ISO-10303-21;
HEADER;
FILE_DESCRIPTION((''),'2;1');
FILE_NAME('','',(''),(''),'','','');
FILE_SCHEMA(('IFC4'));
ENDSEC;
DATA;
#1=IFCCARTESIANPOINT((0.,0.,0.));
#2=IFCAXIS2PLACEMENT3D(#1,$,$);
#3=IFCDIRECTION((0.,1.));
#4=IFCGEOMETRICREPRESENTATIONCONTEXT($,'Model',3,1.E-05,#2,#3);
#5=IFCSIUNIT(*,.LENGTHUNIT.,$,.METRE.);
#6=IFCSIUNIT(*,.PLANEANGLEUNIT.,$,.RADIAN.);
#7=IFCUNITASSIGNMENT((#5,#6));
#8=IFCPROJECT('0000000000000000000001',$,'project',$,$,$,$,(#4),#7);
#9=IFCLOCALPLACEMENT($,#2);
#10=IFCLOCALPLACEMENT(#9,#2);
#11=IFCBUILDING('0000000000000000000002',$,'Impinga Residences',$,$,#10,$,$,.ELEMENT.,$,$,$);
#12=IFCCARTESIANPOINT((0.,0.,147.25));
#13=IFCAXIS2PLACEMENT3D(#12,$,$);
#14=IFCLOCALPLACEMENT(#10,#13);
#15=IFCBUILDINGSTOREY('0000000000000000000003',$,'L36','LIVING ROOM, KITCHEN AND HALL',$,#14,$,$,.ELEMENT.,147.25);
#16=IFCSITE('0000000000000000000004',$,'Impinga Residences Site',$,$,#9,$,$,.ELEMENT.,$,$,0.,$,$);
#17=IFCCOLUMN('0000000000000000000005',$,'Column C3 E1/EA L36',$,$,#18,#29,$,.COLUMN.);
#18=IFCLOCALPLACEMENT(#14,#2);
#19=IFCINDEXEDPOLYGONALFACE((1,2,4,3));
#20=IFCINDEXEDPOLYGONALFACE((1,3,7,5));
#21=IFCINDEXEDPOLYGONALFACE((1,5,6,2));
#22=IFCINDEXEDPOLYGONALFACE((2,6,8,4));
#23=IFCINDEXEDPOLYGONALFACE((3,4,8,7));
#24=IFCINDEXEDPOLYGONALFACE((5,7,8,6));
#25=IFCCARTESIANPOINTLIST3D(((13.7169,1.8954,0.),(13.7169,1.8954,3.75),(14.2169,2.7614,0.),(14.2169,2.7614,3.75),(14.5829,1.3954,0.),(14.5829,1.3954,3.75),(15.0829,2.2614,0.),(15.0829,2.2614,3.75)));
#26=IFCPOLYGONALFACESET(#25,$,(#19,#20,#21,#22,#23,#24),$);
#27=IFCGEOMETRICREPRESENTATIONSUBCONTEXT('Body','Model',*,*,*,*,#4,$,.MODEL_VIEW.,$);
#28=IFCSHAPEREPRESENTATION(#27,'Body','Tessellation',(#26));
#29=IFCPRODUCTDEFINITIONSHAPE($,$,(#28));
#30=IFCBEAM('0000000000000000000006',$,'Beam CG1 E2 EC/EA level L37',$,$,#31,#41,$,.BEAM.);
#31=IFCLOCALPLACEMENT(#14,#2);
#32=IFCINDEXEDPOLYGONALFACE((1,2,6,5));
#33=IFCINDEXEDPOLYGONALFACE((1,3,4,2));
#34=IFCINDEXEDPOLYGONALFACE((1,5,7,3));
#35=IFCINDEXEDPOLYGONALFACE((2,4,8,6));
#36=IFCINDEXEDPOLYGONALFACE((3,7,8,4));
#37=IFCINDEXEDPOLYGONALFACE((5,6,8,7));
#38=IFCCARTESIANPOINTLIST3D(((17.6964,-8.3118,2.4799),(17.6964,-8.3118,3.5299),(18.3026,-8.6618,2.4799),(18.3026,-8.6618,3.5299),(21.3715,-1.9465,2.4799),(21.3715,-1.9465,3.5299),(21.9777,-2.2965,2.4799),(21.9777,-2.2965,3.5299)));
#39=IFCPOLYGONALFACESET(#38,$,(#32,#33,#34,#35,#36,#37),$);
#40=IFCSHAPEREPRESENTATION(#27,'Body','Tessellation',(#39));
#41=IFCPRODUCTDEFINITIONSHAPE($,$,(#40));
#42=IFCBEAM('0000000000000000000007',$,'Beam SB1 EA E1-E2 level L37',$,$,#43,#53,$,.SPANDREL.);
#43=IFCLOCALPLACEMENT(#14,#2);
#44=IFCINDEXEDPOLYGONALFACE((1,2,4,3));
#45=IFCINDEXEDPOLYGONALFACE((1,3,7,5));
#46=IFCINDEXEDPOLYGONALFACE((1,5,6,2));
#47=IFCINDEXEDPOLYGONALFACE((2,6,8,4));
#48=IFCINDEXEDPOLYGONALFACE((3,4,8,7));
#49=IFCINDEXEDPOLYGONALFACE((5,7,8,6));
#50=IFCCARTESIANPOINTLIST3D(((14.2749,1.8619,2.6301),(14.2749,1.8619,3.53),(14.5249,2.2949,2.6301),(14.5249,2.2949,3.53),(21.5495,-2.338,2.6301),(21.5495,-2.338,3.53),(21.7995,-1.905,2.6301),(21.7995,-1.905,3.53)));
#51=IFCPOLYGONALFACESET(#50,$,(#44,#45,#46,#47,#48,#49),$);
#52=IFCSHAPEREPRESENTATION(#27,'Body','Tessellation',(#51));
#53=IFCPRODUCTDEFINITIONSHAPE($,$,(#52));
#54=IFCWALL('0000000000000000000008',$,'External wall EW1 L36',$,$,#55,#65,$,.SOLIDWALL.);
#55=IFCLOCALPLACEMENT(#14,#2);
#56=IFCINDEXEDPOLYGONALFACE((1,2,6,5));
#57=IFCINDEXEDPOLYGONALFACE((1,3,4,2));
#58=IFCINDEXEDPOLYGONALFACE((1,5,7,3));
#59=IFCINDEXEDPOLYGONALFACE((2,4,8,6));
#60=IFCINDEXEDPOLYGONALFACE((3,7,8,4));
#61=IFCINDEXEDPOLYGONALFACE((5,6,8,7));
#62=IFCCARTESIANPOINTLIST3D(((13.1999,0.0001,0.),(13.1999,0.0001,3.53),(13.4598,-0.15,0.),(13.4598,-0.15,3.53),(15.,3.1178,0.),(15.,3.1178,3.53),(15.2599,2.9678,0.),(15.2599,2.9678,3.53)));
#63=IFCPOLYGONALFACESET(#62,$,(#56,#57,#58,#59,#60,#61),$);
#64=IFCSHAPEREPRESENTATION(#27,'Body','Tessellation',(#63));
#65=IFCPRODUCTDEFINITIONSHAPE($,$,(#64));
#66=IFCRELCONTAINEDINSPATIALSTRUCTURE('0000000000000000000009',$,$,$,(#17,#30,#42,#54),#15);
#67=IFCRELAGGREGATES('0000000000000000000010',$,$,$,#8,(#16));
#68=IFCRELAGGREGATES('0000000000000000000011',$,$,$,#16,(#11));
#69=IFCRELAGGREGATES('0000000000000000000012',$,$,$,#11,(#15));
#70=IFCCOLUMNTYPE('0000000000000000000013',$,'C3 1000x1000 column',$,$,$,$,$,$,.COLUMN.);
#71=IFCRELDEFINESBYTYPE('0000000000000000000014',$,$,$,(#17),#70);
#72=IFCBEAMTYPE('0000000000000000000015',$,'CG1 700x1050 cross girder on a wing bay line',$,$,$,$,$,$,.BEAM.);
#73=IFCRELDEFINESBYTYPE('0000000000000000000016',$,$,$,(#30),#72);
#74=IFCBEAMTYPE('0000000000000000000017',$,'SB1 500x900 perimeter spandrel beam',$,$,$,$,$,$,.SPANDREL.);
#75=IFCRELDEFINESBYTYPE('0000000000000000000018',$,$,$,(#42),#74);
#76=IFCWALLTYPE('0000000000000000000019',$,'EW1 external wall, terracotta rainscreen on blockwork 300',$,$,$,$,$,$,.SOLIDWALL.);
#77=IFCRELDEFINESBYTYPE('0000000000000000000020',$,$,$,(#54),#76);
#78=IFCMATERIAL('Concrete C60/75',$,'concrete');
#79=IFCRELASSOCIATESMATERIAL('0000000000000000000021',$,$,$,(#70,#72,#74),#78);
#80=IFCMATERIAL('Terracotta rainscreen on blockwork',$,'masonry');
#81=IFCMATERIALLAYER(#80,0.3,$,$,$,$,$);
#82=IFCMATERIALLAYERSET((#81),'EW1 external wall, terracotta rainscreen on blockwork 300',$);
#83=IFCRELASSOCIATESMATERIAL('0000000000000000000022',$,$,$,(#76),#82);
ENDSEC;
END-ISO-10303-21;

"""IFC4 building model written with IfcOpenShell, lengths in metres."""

from ifc_helpers import new_model, si_unit, direction, frame, frame_2d, origin, origin_2d, place, context, subcontext, project, spatial, rectangle, extrude, material, layer, layer_set, material_profile, profile_set, type_object, element, save


model = new_model("IFC4")

# Units and contexts
model_context = context("Model", 3, precision=1e-05, world=origin(), true_north=direction((0.0, 1.0)))
body_context = subcontext(model_context, "Body", "Model", "MODEL_VIEW")
ifc_project = project(units=[si_unit("LENGTHUNIT", "METRE"), si_unit("PLANEANGLEUNIT", "RADIAN")], contexts=[model_context])

# Site, building, storey
site_placement = place(None, origin())
site = spatial("IfcSite", under=ifc_project, at=site_placement, Name="Impinga Residences Site", CompositionType="ELEMENT", RefElevation=0.0)
building_placement = place(site_placement, origin())
building = spatial("IfcBuilding", under=site, at=building_placement, Name="Impinga Residences", CompositionType="ELEMENT")
storey_placement = place(building_placement, frame((0.0, 0.0, 147.25)))
storey = spatial("IfcBuildingStorey", under=building, at=storey_placement, Name="L36", Description="LIVING ROOM, KITCHEN AND HALL", CompositionType="ELEMENT", Elevation=147.25)

# Column
ifc_material_1 = material(Name="Concrete C60/75", Category="concrete")
ifc_material_profile_1 = material_profile(ifc_material_1, rectangle(XDim=1.0, YDim=1.0, at=origin_2d()), Name="RC 1000x1000")
ifc_profile_set_1 = profile_set([ifc_material_profile_1], Name="Concrete C60/75")
column_type = type_object("IfcColumnType", Name="C3 1000x1000 column", PredefinedType="COLUMN", material=ifc_profile_set_1)
column_placement = place(storey_placement, frame((14.3999, 2.0784, 0.0), z_axis=(0.0, 0.0, 1.0), x_axis=(-0.5, -0.866025, 0.0)))
element("IfcColumn", 1, at=column_placement, inside=storey, type_object=column_type, Name="Column C3 E1/EA L36", PredefinedType="COLUMN", context=body_context, shape_type="SweptSolid", body=[
    extrude(rectangle(XDim=1.0, YDim=1.0, at=origin_2d()), origin(), (0.0, 0.0, 1.0), 3.75),
])

# Beams
ifc_material_profile_2 = material_profile(ifc_material_1, rectangle(XDim=0.7, YDim=1.05, at=origin_2d()), Name="RC 700x1050")
ifc_profile_set_2 = profile_set([ifc_material_profile_2], Name="Concrete C60/75")
beam_type_1 = type_object("IfcBeamType", Name="CG1 700x1050 cross girder on a wing bay line", PredefinedType="BEAM", material=ifc_profile_set_2)
beam_1_placement = place(storey_placement, frame((17.9995, -8.4868, 3.0049), z_axis=(0.500008, 0.866021, 0.0), x_axis=(-0.866021, 0.500008, 0.0)))
element("IfcBeam", 2, at=beam_1_placement, inside=storey, type_object=beam_type_1, Name="Beam CG1 E2 EC/EA level L37", PredefinedType="BEAM", context=body_context, shape_type="SweptSolid", body=[
    extrude(rectangle(XDim=0.7, YDim=1.05, at=origin_2d()), origin(), (0.0, 0.0, 1.0), 7.3501),
])
ifc_material_profile_3 = material_profile(ifc_material_1, rectangle(XDim=0.5, YDim=0.8999, at=origin_2d()), Name="RC 500x900")
ifc_profile_set_3 = profile_set([ifc_material_profile_3], Name="Concrete C60/75")
beam_type_2 = type_object("IfcBeamType", Name="SB1 500x900 perimeter spandrel beam", PredefinedType="SPANDREL", material=ifc_profile_set_3)
beam_2_placement = place(storey_placement, frame((14.3999, 2.0784, 3.0801), z_axis=(0.866029, -0.499993, 0.0), x_axis=(0.499993, 0.866029, 0.0)))
element("IfcBeam", 3, at=beam_2_placement, inside=storey, type_object=beam_type_2, Name="Beam SB1 EA E1-E2 level L37", PredefinedType="SPANDREL", context=body_context, shape_type="SweptSolid", body=[
    extrude(rectangle(XDim=0.5, YDim=0.8999, at=origin_2d()), origin(), (0.0, 0.0, 1.0), 8.3999),
])

# Wall
ifc_material_2 = material(Name="Terracotta rainscreen on blockwork", Category="masonry")
ifc_layer_1 = layer(ifc_material_2, 0.3)
ifc_layer_set_1 = layer_set([ifc_layer_1], Name="EW1 external wall, terracotta rainscreen on blockwork 300")
wall_type_1 = type_object("IfcWallType", Name="EW1 external wall, terracotta rainscreen on blockwork 300", PredefinedType="SOLIDWALL", material=ifc_layer_set_1)
wall_1_placement = place(storey_placement, frame((13.3298, -0.075, 0.0), z_axis=(0.0, 0.0, 1.0), x_axis=(0.500012, 0.866018, 0.0)))
element("IfcWall", 4, at=wall_1_placement, inside=storey, type_object=wall_type_1, Name="External wall EW1 L36", PredefinedType="SOLIDWALL", context=body_context, shape_type="SweptSolid", body=[
    extrude(rectangle(XDim=3.6001, YDim=0.3, at=frame_2d((1.8, 0.0))), origin(), (0.0, 0.0, 1.0), 3.53),
])

save(model, "model.ifc")
